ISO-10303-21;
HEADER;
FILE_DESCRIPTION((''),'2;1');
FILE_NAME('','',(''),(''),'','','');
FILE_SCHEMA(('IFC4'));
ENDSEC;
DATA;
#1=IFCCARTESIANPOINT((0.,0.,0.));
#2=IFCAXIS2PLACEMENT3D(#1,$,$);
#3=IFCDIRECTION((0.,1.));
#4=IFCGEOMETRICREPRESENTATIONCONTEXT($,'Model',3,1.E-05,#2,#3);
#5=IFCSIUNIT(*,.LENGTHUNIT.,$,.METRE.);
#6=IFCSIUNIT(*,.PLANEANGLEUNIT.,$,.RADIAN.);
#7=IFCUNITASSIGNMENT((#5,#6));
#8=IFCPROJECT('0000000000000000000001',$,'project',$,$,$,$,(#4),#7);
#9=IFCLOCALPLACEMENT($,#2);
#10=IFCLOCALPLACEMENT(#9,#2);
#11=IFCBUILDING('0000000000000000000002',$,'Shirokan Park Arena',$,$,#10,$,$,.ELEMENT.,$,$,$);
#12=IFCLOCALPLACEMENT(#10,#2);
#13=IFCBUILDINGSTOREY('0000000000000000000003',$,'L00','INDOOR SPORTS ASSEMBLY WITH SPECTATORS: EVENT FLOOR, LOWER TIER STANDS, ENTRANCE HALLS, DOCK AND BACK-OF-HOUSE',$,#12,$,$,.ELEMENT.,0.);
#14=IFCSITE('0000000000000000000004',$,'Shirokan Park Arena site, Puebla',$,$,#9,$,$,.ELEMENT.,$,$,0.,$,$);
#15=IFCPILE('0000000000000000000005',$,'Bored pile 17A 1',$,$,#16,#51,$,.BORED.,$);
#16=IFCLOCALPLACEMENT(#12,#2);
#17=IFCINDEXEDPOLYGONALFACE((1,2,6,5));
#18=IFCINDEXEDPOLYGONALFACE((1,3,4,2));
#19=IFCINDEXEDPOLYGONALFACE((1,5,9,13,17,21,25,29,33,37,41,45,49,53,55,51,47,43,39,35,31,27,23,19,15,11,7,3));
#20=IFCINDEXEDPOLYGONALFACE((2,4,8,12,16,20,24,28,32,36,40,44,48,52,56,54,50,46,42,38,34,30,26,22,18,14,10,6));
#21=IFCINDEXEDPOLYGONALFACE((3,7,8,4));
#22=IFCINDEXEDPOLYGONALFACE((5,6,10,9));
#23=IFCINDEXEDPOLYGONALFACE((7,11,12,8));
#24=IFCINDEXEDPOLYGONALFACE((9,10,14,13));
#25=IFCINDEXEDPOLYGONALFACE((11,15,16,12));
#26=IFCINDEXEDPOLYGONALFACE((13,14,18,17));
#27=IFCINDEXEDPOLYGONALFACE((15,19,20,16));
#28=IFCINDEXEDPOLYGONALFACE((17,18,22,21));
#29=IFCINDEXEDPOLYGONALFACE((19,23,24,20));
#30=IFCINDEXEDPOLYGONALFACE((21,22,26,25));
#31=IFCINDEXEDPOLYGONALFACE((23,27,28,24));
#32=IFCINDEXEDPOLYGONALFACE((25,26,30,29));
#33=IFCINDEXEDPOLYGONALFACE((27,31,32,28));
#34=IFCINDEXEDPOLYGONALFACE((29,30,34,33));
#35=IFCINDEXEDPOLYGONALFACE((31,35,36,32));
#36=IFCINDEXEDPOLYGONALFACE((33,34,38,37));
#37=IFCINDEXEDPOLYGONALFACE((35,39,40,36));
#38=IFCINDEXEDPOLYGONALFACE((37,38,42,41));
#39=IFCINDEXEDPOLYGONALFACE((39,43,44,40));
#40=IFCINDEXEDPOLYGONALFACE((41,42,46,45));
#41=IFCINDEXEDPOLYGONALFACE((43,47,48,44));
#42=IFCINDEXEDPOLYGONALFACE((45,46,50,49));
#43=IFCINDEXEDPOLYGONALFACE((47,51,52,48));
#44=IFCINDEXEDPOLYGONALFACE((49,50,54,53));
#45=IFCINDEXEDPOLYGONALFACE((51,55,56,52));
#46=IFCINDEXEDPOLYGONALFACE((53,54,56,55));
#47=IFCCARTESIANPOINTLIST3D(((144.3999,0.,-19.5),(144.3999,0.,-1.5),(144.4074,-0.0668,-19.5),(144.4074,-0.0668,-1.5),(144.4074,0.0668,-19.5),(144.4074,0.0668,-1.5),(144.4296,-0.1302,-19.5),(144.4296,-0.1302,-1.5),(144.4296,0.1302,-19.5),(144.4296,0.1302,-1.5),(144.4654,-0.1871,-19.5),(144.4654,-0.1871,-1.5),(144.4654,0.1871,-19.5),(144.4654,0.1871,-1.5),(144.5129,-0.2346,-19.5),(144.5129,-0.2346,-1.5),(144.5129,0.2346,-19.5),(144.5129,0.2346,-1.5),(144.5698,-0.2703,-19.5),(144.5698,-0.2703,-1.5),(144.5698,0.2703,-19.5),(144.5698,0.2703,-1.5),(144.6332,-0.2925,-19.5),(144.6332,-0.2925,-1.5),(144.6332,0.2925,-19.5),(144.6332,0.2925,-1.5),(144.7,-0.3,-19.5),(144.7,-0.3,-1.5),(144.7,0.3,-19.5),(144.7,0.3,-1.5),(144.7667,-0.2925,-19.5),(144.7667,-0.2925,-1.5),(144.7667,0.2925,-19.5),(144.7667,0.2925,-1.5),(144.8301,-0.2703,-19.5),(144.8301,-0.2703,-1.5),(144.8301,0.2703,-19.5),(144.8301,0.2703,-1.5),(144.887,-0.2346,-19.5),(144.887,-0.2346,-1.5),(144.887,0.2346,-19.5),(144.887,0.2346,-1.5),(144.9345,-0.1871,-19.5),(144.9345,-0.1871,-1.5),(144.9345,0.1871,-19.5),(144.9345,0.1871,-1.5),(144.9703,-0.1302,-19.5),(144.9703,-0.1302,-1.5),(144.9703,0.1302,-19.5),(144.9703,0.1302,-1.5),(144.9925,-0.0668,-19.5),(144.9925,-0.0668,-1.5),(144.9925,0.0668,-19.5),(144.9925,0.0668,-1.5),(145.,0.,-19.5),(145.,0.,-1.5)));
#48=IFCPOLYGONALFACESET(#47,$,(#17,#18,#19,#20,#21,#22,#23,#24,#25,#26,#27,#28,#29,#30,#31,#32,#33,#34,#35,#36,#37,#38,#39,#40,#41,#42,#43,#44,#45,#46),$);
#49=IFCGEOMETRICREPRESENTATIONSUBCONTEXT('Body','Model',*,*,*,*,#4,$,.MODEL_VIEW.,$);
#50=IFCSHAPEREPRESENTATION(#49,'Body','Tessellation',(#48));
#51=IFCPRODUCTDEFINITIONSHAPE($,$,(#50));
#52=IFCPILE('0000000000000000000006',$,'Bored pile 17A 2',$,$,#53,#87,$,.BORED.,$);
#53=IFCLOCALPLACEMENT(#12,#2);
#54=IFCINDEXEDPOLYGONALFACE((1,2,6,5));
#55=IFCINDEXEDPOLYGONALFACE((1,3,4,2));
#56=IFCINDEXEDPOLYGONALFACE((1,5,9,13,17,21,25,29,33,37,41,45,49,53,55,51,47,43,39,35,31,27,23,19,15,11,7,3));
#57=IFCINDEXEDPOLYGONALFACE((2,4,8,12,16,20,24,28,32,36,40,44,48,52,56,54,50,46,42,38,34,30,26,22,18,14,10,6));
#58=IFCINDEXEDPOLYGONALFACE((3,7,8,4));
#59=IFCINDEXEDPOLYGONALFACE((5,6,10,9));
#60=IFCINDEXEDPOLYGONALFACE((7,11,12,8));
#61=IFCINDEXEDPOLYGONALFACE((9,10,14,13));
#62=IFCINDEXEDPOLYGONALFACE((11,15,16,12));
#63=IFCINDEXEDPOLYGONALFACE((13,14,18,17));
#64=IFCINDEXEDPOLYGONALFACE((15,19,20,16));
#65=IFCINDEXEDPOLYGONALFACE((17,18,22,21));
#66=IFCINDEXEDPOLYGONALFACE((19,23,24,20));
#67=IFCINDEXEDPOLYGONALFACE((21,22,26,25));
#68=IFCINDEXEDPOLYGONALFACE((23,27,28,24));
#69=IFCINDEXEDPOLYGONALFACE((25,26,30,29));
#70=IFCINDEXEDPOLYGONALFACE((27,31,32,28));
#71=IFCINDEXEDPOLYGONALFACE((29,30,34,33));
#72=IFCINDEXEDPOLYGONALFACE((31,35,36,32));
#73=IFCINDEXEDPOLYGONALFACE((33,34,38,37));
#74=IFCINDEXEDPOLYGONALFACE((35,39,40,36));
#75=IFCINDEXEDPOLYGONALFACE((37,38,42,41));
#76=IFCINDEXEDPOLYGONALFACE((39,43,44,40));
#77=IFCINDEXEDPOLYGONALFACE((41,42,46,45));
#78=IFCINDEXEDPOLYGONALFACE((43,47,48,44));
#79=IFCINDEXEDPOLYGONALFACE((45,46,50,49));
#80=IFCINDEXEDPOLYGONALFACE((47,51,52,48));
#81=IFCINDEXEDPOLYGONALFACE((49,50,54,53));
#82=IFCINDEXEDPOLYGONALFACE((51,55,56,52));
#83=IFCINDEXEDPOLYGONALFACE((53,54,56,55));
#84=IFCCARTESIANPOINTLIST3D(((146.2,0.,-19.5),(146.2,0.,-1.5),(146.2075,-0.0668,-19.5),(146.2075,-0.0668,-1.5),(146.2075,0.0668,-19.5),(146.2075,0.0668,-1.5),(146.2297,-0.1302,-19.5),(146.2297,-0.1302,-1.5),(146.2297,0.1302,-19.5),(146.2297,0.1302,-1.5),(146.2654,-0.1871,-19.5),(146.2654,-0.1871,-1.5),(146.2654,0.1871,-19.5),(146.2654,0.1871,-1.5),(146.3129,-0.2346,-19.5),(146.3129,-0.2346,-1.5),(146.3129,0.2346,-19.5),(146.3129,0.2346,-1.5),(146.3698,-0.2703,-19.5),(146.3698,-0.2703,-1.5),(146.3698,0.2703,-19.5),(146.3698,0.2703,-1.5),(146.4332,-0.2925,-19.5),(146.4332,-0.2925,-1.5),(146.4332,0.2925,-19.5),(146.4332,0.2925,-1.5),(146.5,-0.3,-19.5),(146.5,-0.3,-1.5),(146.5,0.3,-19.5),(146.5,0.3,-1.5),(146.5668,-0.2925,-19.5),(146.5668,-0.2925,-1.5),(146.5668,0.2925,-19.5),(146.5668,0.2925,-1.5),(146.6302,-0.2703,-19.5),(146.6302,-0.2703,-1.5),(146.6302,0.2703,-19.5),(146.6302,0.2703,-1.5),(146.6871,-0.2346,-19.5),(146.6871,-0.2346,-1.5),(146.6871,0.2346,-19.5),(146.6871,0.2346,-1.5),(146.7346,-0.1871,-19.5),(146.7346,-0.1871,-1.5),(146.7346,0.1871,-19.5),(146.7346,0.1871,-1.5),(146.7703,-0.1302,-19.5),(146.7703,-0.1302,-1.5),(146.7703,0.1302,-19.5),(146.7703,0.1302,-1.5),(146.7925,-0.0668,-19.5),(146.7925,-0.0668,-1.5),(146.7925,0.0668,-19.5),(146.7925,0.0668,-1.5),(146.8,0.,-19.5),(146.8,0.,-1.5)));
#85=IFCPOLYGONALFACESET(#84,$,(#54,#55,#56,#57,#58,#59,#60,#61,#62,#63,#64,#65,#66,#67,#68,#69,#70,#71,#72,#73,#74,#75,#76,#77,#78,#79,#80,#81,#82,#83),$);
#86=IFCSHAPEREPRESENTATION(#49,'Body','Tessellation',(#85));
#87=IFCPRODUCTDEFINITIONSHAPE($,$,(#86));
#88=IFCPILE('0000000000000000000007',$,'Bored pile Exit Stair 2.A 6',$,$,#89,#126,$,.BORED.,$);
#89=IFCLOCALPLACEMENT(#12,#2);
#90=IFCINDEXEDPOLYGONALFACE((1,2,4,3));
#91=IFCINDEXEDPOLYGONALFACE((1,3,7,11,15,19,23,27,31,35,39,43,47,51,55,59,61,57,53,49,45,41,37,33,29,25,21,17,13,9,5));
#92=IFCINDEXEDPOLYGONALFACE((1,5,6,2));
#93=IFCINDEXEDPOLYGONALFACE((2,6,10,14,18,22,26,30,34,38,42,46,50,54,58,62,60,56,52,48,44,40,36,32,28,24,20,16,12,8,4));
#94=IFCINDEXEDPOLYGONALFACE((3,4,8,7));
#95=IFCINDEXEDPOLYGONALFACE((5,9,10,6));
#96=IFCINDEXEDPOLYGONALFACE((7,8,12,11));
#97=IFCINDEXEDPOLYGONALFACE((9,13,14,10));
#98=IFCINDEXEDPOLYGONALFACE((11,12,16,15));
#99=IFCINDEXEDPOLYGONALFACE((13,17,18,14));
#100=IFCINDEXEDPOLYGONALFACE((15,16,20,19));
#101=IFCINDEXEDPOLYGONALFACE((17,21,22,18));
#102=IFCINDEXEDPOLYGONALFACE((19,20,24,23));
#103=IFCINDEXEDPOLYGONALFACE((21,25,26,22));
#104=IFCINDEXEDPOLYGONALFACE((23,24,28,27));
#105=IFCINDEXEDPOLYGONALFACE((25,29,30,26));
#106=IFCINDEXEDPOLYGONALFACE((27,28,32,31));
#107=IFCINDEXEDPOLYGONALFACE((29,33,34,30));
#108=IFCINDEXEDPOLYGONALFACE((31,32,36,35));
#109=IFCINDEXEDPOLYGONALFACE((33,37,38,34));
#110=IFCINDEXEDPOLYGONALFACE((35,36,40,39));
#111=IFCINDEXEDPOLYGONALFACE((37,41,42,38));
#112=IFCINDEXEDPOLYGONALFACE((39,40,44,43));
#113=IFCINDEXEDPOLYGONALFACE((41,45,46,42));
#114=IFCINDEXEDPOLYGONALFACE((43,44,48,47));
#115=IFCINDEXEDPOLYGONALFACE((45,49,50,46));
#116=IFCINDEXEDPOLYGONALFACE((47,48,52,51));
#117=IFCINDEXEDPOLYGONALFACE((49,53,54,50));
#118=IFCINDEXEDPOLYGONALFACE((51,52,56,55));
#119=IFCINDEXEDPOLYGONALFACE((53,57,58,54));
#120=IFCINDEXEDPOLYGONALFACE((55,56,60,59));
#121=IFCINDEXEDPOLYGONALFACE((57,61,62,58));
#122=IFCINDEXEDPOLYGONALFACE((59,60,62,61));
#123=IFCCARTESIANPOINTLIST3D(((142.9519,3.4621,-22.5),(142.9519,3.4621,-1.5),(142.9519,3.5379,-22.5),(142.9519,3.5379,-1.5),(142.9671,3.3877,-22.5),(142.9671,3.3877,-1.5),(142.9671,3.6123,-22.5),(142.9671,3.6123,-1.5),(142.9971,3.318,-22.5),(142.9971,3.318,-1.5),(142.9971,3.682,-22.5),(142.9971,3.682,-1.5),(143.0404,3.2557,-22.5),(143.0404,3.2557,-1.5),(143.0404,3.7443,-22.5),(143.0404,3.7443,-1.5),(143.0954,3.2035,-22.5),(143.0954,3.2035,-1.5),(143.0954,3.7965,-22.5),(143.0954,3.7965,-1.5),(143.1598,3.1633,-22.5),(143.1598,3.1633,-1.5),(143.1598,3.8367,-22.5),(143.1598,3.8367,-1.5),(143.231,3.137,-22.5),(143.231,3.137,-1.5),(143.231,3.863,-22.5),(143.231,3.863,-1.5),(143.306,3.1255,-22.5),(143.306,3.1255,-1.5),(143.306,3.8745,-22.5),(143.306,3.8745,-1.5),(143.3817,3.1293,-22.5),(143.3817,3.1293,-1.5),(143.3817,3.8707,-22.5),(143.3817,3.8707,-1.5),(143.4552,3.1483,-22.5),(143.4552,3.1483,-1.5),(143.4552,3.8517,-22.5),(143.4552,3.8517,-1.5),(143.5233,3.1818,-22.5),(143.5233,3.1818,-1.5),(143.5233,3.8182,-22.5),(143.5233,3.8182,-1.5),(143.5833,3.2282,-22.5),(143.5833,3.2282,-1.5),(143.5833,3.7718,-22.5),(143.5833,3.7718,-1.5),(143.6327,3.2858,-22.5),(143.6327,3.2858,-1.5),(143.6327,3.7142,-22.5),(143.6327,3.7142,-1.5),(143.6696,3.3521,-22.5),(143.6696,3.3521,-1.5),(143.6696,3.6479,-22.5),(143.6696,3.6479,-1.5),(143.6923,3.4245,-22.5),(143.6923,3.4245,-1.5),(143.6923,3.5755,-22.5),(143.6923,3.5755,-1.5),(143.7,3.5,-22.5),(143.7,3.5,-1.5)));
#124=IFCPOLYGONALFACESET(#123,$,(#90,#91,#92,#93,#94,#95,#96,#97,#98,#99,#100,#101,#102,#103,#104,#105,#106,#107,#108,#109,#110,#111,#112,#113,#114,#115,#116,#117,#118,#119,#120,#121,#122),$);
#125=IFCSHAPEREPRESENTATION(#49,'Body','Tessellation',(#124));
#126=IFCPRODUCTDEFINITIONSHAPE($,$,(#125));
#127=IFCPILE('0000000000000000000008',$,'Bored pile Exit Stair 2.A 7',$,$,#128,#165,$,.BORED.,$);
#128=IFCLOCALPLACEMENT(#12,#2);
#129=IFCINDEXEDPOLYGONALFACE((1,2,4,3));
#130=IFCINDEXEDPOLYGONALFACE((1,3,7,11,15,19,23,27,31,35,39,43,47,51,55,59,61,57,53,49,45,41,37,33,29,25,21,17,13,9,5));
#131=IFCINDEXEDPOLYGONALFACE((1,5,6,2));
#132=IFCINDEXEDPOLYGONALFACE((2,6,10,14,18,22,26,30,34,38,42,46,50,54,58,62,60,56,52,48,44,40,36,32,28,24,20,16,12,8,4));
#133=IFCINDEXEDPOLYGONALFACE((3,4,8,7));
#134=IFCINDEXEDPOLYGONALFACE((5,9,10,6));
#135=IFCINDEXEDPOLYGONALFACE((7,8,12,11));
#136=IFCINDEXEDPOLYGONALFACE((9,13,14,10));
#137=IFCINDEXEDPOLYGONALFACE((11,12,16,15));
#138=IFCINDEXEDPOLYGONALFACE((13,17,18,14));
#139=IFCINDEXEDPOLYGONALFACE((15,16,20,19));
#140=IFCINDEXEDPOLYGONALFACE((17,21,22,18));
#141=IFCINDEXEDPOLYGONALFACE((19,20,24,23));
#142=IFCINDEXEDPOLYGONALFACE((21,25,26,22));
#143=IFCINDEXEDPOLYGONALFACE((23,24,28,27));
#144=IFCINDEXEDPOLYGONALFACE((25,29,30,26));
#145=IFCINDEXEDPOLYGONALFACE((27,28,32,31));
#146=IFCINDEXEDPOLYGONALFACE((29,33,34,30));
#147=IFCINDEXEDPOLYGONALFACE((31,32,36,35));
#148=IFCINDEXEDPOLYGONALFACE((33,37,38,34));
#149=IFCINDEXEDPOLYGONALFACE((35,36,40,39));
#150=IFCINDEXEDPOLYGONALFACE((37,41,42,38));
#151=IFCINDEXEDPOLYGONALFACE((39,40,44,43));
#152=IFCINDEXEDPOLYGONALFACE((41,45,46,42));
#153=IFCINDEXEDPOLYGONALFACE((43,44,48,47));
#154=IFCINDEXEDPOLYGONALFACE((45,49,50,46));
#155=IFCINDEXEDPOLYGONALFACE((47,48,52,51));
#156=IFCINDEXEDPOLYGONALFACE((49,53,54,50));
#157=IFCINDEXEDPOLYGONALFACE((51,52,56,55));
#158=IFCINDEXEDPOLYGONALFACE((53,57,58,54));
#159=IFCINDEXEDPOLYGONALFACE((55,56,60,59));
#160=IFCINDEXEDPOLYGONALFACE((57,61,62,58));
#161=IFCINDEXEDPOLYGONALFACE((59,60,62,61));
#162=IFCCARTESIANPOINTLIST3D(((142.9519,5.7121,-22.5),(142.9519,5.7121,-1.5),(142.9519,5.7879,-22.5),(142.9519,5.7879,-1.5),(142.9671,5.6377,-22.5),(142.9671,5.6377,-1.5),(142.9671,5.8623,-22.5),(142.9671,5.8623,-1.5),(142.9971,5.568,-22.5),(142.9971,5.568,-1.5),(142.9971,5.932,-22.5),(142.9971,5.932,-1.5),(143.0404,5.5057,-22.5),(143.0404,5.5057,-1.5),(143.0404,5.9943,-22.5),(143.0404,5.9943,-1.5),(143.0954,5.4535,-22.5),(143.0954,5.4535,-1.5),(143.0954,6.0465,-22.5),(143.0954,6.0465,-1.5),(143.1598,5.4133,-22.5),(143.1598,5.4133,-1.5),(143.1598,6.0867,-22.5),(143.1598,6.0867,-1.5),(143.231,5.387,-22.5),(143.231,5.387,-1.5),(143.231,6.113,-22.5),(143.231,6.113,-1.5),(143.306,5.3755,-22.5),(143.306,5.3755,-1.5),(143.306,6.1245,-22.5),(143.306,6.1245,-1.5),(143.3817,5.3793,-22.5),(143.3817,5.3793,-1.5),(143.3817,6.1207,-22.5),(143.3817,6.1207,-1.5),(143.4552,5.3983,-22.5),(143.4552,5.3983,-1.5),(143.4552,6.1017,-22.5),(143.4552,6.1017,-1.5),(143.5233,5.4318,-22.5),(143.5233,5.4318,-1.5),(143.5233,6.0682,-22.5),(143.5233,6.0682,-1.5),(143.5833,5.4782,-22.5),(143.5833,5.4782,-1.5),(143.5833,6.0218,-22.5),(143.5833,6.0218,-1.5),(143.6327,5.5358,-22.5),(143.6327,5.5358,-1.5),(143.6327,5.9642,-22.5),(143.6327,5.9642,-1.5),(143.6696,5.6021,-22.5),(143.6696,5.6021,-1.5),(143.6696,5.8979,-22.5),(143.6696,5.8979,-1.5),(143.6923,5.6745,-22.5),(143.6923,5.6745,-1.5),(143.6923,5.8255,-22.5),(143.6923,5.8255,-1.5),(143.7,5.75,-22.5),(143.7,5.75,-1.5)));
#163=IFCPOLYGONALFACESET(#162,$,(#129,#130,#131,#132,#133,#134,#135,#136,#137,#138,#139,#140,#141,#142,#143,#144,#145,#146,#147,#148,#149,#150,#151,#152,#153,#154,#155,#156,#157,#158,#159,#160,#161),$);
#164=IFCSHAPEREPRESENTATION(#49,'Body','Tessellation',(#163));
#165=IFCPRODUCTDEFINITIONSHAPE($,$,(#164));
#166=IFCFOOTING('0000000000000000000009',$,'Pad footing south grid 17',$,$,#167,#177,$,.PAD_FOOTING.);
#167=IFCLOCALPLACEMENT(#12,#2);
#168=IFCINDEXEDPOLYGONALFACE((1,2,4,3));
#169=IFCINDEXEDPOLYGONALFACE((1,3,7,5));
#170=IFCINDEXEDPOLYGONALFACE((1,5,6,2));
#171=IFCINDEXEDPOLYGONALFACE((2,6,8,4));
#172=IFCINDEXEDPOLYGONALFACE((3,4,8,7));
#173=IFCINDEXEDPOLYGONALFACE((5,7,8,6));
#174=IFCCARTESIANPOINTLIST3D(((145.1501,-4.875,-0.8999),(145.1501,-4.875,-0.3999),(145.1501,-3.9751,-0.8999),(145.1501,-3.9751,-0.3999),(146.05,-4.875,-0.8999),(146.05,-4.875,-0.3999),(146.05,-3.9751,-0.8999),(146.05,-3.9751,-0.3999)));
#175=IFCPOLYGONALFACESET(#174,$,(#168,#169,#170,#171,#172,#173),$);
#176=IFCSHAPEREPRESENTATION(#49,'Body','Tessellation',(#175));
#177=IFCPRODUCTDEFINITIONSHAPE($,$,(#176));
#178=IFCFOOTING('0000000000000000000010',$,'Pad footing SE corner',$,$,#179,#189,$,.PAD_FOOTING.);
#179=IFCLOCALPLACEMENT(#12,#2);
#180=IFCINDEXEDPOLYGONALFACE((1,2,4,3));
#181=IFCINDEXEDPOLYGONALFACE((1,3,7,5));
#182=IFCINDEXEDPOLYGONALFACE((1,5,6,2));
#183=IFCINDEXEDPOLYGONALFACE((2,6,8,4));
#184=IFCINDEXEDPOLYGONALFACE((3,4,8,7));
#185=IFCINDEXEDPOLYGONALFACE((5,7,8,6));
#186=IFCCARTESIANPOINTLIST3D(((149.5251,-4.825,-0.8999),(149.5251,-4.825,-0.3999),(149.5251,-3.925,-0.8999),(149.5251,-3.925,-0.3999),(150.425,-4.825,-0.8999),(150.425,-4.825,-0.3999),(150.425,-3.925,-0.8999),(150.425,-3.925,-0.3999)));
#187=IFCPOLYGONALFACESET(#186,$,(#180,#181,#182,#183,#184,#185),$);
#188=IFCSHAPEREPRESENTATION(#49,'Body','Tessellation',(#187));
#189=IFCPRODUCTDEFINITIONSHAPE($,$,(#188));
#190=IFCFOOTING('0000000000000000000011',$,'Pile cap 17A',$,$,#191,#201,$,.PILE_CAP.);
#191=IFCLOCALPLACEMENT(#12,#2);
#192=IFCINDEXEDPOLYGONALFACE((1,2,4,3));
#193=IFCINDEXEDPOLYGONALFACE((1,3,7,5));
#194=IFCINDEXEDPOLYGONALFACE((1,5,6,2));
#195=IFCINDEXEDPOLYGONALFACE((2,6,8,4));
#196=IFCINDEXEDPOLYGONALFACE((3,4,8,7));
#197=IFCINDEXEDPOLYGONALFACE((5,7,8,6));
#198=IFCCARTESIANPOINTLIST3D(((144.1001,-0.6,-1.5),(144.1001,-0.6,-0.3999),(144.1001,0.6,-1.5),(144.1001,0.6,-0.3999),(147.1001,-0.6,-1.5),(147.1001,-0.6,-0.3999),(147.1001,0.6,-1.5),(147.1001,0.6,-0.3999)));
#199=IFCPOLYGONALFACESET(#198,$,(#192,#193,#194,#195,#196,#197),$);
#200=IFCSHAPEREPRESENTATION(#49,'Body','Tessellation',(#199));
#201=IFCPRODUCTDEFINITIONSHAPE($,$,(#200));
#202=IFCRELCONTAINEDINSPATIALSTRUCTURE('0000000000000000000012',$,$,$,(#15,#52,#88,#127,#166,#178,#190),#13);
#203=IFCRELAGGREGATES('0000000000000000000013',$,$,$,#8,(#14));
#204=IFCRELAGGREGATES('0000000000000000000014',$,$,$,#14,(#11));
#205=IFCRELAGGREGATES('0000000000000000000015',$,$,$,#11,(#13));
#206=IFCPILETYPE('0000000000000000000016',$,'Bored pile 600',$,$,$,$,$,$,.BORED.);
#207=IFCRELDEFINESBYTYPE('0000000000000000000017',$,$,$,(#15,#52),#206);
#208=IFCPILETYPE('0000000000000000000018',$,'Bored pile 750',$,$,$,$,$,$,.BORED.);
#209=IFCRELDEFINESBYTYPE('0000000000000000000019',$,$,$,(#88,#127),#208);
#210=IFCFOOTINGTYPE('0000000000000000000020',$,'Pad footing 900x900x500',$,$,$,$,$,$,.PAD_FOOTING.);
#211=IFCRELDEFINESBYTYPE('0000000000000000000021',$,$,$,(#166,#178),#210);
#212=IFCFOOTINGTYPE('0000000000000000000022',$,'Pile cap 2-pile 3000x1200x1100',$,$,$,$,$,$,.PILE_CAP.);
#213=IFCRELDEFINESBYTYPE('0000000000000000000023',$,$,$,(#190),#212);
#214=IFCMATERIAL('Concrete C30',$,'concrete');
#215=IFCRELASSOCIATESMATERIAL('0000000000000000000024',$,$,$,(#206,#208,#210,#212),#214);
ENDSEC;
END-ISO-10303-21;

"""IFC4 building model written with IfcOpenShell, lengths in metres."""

from ifc_helpers import new_model, si_unit, direction, frame, origin, origin_2d, place, context, subcontext, project, spatial, rectangle, circle, extrude, material, material_profile, profile_set, type_object, element, save


model = new_model("IFC4")

# Units and contexts
model_context = context("Model", 3, precision=1e-05, world=origin(), true_north=direction((0.0, 1.0)))
body_context = subcontext(model_context, "Body", "Model", "MODEL_VIEW")
ifc_project = project(units=[si_unit("LENGTHUNIT", "METRE"), si_unit("PLANEANGLEUNIT", "RADIAN")], contexts=[model_context])

# Site, building, storey
site_placement = place(None, origin())
site = spatial("IfcSite", under=ifc_project, at=site_placement, Name="Shirokan Park Arena site, Puebla", CompositionType="ELEMENT", RefElevation=0.0)
building_placement = place(site_placement, origin())
building = spatial("IfcBuilding", under=site, at=building_placement, Name="Shirokan Park Arena", CompositionType="ELEMENT")
storey_placement = place(building_placement, origin())
storey = spatial("IfcBuildingStorey", under=building, at=storey_placement, Name="L00", Description="INDOOR SPORTS ASSEMBLY WITH SPECTATORS: EVENT FLOOR, LOWER TIER STANDS, ENTRANCE HALLS, DOCK AND BACK-OF-HOUSE", CompositionType="ELEMENT", Elevation=0.0)

# Piles
ifc_material_1 = material(Name="Concrete C30", Category="concrete")
ifc_material_profile_1 = material_profile(ifc_material_1, circle(Radius=0.3, at=origin_2d()), Name="D600")
ifc_profile_set_1 = profile_set([ifc_material_profile_1], Name="Concrete C30")
pile_type_1 = type_object("IfcPileType", Name="Bored pile 600", PredefinedType="BORED", material=ifc_profile_set_1)
for number, where, z_axis, x_axis, name in (
    (1, (144.7, 0.0, -1.5), (0.0, 0.0, -1.0), (1.0, 0.0, 0.0), "Bored pile 17A 1"),
    (2, (146.5, 0.0, -1.5), (0.0, 0.0, -1.0), (1.0, 0.0, 0.0), "Bored pile 17A 2"),
):
    element("IfcPile", number, at=place(storey_placement, frame(where, z_axis=z_axis, x_axis=x_axis)), inside=storey, type_object=pile_type_1, Name=name, PredefinedType="BORED", context=body_context, shape_type="SweptSolid", body=[
        extrude(circle(Radius=0.3, at=origin_2d()), origin(), (0.0, 0.0, 1.0), 18.0),
    ])
ifc_material_profile_2 = material_profile(ifc_material_1, circle(Radius=0.375, at=origin_2d()), Name="D750")
ifc_profile_set_2 = profile_set([ifc_material_profile_2], Name="Concrete C30")
pile_type_2 = type_object("IfcPileType", Name="Bored pile 750", PredefinedType="BORED", material=ifc_profile_set_2)
for number, where, z_axis, x_axis, name in (
    (3, (143.325, 3.5, -1.5), (0.0, 0.0, -1.0), (1.0, 0.0, 0.0), "Bored pile Exit Stair 2.A 6"),
    (4, (143.325, 5.75, -1.5), (0.0, 0.0, -1.0), (1.0, 0.0, 0.0), "Bored pile Exit Stair 2.A 7"),
):
    element("IfcPile", number, at=place(storey_placement, frame(where, z_axis=z_axis, x_axis=x_axis)), inside=storey, type_object=pile_type_2, Name=name, PredefinedType="BORED", context=body_context, shape_type="SweptSolid", body=[
        extrude(circle(Radius=0.375, at=origin_2d()), origin(), (0.0, 0.0, 1.0), 21.0),
    ])

# Footings
footing_type_1 = type_object("IfcFootingType", Name="Pad footing 900x900x500", PredefinedType="PAD_FOOTING", material=ifc_material_1)
for number, where, z_axis, x_axis, name in (
    (5, (145.6001, -4.425, -0.8999), (0.0, 0.0, 1.0), (1.0, 0.0, 0.0), "Pad footing south grid 17"),
    (6, (149.9751, -4.375, -0.8999), (0.0, 0.0, 1.0), (1.0, 0.0, 0.0), "Pad footing SE corner"),
):
    element("IfcFooting", number, at=place(storey_placement, frame(where, z_axis=z_axis, x_axis=x_axis)), inside=storey, type_object=footing_type_1, Name=name, PredefinedType="PAD_FOOTING", context=body_context, shape_type="SweptSolid", body=[
        extrude(rectangle(XDim=0.8999, YDim=0.8999, at=origin_2d()), origin(), (0.0, 0.0, 1.0), 0.5),
    ])
footing_type_2 = type_object("IfcFootingType", Name="Pile cap 2-pile 3000x1200x1100", PredefinedType="PILE_CAP", material=ifc_material_1)
footing_placement = place(storey_placement, frame((145.6001, 0.0, -1.5), z_axis=(0.0, 0.0, 1.0), x_axis=(1.0, 0.0, 0.0)))
element("IfcFooting", 7, at=footing_placement, inside=storey, type_object=footing_type_2, Name="Pile cap 17A", PredefinedType="PILE_CAP", context=body_context, shape_type="SweptSolid", body=[
    extrude(rectangle(XDim=3.0, YDim=1.2, at=origin_2d()), origin(), (0.0, 0.0, 1.0), 1.1001),
])

save(model, "model.ifc")
